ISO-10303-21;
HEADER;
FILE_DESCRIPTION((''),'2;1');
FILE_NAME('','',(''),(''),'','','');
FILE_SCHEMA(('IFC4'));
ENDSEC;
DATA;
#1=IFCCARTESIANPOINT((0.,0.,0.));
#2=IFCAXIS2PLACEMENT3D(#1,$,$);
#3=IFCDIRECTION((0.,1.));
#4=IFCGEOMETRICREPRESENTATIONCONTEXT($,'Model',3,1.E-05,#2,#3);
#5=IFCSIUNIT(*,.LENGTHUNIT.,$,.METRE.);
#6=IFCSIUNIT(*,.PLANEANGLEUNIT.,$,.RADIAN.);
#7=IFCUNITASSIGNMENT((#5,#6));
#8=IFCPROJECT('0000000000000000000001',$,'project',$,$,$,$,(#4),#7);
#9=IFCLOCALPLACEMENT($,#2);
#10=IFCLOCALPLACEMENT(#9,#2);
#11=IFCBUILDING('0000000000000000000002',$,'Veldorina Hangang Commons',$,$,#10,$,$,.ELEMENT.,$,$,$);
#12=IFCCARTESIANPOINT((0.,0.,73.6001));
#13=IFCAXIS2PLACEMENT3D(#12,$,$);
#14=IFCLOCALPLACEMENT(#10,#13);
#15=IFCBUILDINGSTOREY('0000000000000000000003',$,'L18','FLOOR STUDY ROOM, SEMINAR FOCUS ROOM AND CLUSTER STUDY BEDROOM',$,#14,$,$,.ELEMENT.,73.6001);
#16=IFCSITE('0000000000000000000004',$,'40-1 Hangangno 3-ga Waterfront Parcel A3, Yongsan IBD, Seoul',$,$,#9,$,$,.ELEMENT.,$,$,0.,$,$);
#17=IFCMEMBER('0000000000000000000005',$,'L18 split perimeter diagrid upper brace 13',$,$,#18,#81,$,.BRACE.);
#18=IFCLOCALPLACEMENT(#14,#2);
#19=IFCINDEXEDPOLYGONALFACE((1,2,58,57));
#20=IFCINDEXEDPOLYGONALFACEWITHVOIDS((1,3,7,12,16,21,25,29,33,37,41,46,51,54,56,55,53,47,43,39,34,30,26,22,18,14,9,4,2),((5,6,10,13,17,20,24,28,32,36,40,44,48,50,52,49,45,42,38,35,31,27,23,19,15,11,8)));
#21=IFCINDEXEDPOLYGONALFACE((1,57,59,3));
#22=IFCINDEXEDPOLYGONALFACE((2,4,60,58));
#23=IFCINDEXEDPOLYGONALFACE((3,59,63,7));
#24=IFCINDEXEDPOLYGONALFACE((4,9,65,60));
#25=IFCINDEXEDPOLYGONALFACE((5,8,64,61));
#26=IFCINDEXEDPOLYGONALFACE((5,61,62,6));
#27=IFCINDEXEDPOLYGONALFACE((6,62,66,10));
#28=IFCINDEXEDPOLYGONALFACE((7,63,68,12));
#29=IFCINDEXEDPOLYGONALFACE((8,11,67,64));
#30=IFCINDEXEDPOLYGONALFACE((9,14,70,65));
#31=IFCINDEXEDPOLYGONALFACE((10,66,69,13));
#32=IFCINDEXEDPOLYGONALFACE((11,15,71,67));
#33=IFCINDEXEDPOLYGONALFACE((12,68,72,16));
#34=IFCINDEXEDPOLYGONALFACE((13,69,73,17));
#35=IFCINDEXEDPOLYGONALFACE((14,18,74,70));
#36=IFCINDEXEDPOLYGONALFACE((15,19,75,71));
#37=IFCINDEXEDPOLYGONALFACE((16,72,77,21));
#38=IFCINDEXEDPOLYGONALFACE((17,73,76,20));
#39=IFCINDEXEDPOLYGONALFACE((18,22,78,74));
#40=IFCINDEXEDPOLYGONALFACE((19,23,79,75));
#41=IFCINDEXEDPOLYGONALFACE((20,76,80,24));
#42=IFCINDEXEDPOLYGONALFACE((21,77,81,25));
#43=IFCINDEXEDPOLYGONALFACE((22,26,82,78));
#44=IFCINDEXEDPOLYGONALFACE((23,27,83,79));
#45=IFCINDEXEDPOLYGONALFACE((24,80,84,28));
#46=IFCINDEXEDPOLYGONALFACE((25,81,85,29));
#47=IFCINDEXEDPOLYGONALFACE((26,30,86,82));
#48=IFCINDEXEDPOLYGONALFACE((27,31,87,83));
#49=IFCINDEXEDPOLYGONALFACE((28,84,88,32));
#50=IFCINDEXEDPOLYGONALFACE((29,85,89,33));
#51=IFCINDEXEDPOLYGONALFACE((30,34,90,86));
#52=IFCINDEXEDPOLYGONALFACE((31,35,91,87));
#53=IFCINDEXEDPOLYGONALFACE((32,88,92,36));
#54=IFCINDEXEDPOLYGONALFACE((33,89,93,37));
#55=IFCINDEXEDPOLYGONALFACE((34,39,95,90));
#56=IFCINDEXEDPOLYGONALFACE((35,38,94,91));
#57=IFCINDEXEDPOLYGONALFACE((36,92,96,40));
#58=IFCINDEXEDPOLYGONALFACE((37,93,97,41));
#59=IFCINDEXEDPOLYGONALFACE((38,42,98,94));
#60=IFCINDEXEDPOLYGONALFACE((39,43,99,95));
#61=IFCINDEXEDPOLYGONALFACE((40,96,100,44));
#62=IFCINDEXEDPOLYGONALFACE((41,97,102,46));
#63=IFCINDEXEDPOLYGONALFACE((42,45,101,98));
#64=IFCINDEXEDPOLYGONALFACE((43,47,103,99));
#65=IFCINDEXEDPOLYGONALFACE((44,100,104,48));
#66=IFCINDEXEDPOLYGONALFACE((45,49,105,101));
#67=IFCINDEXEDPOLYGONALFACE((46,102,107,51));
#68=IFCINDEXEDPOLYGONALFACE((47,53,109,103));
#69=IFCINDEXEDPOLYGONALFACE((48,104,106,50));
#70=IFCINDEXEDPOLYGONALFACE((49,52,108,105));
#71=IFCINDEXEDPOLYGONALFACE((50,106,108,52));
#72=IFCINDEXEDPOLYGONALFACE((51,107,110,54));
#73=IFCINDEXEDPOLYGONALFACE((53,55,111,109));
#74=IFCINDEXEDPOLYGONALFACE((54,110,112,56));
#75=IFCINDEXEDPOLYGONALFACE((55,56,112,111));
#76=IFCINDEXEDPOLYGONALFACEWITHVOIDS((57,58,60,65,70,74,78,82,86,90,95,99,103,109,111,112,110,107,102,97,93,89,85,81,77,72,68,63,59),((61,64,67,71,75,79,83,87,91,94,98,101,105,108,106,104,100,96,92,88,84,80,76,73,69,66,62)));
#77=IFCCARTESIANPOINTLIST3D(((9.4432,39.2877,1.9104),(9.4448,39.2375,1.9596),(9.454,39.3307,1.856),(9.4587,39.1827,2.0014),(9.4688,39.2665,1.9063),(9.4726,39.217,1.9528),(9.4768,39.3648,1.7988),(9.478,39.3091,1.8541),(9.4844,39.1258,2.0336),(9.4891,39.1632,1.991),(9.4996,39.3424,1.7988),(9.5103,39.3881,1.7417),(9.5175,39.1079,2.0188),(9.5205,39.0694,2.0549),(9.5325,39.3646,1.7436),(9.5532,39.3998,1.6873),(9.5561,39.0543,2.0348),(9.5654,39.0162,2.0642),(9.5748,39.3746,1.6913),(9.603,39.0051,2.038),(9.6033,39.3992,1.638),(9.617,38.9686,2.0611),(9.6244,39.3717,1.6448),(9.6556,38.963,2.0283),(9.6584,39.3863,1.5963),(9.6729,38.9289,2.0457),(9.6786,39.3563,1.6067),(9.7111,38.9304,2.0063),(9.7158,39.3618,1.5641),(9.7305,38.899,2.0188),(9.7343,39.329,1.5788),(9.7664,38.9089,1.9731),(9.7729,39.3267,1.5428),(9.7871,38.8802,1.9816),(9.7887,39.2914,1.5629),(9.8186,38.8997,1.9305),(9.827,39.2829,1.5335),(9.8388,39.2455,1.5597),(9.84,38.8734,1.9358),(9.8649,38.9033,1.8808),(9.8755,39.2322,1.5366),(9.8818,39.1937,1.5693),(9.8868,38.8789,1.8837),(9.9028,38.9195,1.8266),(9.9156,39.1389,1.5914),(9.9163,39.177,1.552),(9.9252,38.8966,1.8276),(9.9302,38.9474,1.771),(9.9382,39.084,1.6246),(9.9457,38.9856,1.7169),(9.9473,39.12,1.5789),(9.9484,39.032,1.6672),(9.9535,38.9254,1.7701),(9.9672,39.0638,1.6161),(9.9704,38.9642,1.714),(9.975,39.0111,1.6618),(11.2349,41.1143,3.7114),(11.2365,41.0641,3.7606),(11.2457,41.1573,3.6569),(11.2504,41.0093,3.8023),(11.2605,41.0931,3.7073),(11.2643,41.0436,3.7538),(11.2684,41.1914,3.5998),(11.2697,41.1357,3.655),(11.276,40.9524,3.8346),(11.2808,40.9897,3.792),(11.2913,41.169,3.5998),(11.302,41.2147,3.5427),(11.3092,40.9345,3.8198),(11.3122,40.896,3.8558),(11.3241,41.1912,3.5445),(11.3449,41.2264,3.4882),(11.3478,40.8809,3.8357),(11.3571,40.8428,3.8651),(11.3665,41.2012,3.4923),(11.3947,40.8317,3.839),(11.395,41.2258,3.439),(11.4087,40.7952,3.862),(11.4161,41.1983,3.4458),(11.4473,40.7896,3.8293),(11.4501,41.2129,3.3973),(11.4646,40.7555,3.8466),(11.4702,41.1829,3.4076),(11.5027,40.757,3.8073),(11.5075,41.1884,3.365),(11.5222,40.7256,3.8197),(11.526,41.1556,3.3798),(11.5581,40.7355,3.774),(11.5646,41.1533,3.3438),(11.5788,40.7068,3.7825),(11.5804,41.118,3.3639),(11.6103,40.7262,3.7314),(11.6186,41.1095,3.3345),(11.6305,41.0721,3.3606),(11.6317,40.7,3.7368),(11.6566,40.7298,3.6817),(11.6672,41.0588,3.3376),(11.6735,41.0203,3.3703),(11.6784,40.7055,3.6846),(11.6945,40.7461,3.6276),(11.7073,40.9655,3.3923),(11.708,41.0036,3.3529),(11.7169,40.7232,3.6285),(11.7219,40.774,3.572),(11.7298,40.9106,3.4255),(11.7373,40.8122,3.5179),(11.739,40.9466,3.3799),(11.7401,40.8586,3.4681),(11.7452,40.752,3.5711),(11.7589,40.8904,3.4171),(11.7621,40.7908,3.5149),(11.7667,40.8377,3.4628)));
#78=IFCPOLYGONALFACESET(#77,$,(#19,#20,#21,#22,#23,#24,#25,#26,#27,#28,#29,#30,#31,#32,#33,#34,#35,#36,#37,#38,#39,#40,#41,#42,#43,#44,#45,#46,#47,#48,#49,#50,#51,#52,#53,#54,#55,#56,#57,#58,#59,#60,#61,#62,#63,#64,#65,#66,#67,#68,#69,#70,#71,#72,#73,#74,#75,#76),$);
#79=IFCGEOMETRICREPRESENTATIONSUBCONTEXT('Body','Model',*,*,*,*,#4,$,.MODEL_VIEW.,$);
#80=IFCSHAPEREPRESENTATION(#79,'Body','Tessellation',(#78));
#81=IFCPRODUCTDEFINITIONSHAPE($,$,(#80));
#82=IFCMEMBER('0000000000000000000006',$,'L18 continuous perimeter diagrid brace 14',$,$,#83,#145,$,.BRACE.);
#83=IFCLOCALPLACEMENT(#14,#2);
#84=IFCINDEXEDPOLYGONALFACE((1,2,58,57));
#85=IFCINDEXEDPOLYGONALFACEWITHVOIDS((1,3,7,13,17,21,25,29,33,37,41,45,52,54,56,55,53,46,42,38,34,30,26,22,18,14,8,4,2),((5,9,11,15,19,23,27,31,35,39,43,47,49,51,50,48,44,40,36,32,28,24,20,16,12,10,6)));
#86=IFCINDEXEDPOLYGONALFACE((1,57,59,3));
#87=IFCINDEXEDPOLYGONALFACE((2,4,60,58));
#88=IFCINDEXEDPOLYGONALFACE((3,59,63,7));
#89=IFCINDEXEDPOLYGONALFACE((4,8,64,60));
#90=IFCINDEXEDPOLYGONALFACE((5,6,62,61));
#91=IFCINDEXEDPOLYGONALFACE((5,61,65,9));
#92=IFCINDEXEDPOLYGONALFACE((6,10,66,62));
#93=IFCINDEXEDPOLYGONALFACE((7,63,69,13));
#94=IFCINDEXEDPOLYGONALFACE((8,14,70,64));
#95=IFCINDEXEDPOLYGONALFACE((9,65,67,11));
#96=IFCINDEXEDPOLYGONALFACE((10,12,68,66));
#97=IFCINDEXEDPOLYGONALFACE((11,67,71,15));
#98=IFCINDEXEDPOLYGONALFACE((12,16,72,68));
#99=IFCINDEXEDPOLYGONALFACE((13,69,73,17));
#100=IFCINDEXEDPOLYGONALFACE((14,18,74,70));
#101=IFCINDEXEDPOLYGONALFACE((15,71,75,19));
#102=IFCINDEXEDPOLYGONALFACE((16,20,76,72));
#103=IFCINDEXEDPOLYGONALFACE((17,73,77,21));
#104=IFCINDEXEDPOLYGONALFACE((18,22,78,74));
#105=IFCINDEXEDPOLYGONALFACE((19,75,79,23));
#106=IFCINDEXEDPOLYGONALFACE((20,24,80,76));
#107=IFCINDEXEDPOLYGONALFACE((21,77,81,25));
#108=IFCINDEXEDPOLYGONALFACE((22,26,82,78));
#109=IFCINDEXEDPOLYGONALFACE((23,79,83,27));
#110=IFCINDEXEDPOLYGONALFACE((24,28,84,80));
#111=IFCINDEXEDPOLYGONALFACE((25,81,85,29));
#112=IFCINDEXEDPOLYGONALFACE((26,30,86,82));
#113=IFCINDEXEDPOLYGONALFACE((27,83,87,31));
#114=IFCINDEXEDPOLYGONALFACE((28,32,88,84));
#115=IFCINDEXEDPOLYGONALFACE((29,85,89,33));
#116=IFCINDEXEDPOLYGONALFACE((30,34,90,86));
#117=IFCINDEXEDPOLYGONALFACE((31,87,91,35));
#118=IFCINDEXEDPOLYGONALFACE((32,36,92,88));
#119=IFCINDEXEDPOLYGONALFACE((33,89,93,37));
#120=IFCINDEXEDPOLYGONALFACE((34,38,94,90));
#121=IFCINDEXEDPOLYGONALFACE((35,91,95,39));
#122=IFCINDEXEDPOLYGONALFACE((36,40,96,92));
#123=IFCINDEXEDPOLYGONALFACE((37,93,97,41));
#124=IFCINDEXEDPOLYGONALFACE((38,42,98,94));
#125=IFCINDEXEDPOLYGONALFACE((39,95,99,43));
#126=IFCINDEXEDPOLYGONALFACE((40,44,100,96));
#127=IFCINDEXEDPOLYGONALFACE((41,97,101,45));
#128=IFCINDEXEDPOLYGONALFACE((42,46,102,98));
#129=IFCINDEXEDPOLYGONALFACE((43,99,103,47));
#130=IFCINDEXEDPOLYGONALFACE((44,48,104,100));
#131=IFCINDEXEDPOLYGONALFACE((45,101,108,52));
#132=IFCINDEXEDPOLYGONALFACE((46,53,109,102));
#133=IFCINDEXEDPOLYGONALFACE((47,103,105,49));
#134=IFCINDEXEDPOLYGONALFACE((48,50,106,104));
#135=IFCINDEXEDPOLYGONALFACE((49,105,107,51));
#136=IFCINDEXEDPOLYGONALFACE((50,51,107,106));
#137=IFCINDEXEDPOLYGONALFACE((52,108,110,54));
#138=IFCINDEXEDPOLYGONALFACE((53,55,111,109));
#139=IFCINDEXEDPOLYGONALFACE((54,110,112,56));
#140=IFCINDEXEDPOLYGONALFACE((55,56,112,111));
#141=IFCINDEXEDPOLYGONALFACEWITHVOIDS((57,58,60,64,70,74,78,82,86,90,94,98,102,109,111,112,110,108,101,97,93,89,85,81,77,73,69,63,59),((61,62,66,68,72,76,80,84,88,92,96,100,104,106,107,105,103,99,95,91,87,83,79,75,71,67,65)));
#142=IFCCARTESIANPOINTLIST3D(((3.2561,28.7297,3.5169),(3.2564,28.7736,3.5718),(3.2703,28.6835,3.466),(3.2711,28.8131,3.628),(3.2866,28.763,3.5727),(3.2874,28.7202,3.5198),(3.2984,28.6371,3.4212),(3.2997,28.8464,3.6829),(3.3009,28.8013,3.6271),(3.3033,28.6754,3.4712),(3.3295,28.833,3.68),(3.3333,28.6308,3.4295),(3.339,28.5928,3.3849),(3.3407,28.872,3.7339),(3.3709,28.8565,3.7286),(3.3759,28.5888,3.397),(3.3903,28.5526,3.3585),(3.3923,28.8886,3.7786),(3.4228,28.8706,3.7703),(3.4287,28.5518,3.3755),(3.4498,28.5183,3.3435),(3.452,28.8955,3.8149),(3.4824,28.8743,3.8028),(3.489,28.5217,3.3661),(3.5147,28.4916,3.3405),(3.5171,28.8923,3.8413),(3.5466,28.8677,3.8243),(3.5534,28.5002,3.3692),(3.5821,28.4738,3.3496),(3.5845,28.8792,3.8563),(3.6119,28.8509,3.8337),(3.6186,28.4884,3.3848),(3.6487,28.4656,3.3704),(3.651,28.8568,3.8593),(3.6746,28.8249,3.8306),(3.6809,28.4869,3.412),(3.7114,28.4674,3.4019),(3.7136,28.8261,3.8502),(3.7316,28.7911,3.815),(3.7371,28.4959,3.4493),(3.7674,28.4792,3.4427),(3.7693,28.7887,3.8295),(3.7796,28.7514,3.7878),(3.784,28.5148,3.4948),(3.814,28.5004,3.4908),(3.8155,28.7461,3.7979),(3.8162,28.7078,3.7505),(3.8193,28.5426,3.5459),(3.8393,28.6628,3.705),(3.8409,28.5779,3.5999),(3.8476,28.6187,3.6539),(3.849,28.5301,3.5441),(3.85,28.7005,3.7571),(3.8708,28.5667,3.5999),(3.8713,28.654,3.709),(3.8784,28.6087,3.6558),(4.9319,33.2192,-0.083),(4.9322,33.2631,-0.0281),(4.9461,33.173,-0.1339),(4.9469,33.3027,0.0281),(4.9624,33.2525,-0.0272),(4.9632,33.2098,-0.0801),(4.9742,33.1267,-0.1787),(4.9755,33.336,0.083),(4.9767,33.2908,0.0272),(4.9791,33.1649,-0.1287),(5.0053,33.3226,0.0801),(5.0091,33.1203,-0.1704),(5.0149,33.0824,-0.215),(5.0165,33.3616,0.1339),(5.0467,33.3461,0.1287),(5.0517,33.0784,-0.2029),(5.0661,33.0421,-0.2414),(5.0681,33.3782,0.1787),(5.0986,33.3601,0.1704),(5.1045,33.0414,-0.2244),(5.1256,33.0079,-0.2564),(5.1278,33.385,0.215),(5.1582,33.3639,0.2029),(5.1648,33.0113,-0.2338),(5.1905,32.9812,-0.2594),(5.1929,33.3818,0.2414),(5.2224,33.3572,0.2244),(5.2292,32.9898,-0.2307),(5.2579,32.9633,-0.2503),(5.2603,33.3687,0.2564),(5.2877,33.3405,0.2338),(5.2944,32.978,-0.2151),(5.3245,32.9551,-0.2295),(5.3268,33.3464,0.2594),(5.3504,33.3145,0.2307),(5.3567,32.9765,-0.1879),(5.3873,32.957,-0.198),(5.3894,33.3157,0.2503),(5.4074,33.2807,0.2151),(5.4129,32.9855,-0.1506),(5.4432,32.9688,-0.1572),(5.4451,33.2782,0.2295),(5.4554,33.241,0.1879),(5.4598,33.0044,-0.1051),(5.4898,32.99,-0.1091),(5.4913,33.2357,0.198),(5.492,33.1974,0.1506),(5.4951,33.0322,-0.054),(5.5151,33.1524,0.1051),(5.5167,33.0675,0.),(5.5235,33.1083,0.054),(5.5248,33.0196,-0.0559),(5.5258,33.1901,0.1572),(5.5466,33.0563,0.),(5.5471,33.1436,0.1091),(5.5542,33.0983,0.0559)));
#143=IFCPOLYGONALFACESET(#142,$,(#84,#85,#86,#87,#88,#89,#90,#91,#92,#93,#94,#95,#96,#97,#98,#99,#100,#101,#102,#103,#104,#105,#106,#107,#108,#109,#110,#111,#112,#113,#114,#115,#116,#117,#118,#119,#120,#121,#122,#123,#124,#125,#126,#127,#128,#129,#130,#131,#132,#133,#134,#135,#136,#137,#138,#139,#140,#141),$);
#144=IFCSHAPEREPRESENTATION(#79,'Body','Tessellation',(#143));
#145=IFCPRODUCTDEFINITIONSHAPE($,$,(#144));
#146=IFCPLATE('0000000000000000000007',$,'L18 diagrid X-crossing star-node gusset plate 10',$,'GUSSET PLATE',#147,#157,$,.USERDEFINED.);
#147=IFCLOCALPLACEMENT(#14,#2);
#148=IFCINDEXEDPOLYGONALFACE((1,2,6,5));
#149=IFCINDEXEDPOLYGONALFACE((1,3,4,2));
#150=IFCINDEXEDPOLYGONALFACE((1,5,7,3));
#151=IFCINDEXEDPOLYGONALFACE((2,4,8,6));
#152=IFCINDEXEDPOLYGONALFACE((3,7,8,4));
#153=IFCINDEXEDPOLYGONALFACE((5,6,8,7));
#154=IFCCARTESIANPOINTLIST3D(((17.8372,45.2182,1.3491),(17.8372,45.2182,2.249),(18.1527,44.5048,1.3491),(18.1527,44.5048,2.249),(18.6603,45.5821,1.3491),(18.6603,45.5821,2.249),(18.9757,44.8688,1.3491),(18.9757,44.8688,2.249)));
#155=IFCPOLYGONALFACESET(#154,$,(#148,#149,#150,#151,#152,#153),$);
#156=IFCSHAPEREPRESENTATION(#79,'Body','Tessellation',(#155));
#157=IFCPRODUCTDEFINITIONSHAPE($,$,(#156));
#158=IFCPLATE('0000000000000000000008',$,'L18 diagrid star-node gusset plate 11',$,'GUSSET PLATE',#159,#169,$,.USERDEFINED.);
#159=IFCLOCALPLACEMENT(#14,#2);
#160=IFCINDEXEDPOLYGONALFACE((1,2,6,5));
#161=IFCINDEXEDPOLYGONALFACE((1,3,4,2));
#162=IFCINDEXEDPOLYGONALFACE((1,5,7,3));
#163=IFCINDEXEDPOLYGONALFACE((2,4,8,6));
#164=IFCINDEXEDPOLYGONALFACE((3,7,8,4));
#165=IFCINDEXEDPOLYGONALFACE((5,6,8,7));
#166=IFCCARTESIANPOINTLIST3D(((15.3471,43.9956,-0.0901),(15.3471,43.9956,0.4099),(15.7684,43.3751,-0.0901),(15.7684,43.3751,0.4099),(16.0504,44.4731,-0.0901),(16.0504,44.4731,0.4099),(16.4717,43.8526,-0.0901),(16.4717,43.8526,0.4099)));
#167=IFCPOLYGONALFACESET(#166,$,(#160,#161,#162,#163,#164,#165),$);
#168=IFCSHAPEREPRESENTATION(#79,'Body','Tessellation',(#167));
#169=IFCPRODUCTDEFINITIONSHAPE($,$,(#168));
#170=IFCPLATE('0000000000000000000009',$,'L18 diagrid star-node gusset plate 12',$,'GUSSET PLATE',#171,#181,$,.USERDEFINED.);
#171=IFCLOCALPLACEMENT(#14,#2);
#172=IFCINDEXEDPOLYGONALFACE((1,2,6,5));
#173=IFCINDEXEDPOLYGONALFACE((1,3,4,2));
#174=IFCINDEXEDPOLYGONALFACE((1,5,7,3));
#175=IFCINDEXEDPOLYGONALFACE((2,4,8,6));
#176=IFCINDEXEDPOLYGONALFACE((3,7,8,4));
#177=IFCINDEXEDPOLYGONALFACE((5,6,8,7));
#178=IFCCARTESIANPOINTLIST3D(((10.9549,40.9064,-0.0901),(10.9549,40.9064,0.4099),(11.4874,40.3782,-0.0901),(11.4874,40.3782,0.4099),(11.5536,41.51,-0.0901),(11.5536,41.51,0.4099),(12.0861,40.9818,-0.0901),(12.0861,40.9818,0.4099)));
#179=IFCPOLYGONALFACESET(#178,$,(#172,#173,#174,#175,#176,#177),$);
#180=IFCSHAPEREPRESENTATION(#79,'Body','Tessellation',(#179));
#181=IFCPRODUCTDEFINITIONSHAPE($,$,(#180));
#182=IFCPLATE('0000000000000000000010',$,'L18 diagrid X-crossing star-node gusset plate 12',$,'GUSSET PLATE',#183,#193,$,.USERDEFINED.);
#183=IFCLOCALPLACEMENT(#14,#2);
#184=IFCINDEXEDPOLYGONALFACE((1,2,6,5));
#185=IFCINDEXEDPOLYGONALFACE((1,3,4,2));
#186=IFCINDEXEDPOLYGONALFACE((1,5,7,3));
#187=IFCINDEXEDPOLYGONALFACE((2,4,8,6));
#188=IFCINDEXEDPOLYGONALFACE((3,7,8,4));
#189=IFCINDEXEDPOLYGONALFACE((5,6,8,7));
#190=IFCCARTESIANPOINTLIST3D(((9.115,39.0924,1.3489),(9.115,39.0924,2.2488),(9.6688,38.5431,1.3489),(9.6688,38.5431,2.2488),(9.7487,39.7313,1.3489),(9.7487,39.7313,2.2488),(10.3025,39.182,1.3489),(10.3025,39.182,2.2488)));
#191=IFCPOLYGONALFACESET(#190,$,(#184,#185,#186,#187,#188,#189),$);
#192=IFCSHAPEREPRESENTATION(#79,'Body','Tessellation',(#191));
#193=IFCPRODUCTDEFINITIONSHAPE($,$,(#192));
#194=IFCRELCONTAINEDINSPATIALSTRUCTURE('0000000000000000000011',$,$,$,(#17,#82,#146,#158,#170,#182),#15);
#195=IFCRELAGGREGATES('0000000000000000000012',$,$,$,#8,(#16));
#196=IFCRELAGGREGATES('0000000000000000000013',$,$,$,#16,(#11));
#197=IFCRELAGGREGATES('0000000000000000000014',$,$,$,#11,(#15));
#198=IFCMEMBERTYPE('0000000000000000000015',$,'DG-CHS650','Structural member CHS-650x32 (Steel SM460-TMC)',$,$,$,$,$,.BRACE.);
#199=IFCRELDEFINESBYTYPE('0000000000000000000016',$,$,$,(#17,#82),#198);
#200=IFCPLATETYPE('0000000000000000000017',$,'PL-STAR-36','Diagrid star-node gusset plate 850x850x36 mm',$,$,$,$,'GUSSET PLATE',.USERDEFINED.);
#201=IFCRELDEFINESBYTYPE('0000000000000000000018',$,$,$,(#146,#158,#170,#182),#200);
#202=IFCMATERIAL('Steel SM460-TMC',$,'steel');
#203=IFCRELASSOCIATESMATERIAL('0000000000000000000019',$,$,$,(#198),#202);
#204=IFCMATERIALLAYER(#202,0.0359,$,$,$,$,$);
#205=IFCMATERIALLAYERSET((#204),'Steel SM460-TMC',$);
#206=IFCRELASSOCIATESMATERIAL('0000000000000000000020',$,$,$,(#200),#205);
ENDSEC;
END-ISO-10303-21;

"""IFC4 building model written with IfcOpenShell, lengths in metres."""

from ifc_helpers import new_model, si_unit, direction, frame, origin, origin_2d, place, context, subcontext, project, spatial, rectangle, hollow_circle, extrude, material, layer, layer_set, material_profile, profile_set, type_object, element, save


model = new_model("IFC4")

# Units and contexts
model_context = context("Model", 3, precision=1e-05, world=origin(), true_north=direction((0.0, 1.0)))
body_context = subcontext(model_context, "Body", "Model", "MODEL_VIEW")
ifc_project = project(units=[si_unit("LENGTHUNIT", "METRE"), si_unit("PLANEANGLEUNIT", "RADIAN")], contexts=[model_context])

# Site, building, storey
site_placement = place(None, origin())
site = spatial("IfcSite", under=ifc_project, at=site_placement, Name="40-1 Hangangno 3-ga Waterfront Parcel A3, Yongsan IBD, Seoul", CompositionType="ELEMENT", RefElevation=0.0)
building_placement = place(site_placement, origin())
building = spatial("IfcBuilding", under=site, at=building_placement, Name="Veldorina Hangang Commons", CompositionType="ELEMENT")
storey_placement = place(building_placement, frame((0.0, 0.0, 73.6001)))
storey = spatial("IfcBuildingStorey", under=building, at=storey_placement, Name="L18", Description="FLOOR STUDY ROOM, SEMINAR FOCUS ROOM AND CLUSTER STUDY BEDROOM", CompositionType="ELEMENT", Elevation=73.6001)

# Members
ifc_material_1 = material(Name="Steel SM460-TMC", Category="steel")
ifc_material_profile_1 = material_profile(ifc_material_1, hollow_circle(Radius=0.325, WallThickness=0.032, at=origin_2d()), Name="CHS-650x32")
ifc_profile_set_1 = profile_set([ifc_material_profile_1], Name="Steel SM460-TMC")
member_type = type_object("IfcMemberType", Name="DG-CHS650", Description="Structural member CHS-650x32 (Steel SM460-TMC)", PredefinedType="BRACE", material=ifc_profile_set_1)
member_1_placement = place(storey_placement, frame((9.7087, 39.1372, 1.7988), z_axis=(0.572623, 0.583781, 0.575588), x_axis=(-0.713896, 0.700252, 0.0)))
element("IfcMember", 1, at=member_1_placement, inside=storey, type_object=member_type, Name="L18 split perimeter diagrid upper brace 13", PredefinedType="BRACE", context=body_context, shape_type="SweptSolid", body=[
    extrude(hollow_circle(Radius=0.325, WallThickness=0.032, at=origin_2d()), origin(), (0.0, 0.0, 1.0), 3.1289),
])
member_2_placement = place(storey_placement, frame((5.2422, 33.1699, 0.0), z_axis=(-0.279597, -0.749054, 0.60062), x_axis=(0.936862, -0.349699, 0.0)))
element("IfcMember", 2, at=member_2_placement, inside=storey, type_object=member_type, Name="L18 continuous perimeter diagrid brace 14", PredefinedType="BRACE", context=body_context, shape_type="SweptSolid", body=[
    extrude(hollow_circle(Radius=0.325, WallThickness=0.032, at=origin_2d()), origin(), (0.0, 0.0, 1.0), 5.9937),
])

# Plates
ifc_layer_1 = layer(ifc_material_1, 0.0359)
ifc_layer_set_1 = layer_set([ifc_layer_1], Name="Steel SM460-TMC")
plate_type = type_object("IfcPlateType", Name="PL-STAR-36", Description="Diagrid star-node gusset plate 850x850x36 mm", ElementType="GUSSET PLATE", PredefinedType="USERDEFINED", material=ifc_layer_set_1)
plate_1_placement = place(storey_placement, frame((18.4065, 45.0435, 1.3491), z_axis=(0.0, 0.0, 1.0), x_axis=(-0.914558, -0.404455, 0.0)))
element("IfcPlate", 3, at=plate_1_placement, inside=storey, type_object=plate_type, Name="L18 diagrid X-crossing star-node gusset plate 10", ObjectType="GUSSET PLATE", PredefinedType="USERDEFINED", context=body_context, shape_type="SweptSolid", body=[
    extrude(rectangle(XDim=0.8999, YDim=0.78, at=origin_2d()), origin(), (0.0, 0.0, 1.0), 0.8999),
])
for number, where, z_axis, x_axis, name in (
    (4, (15.9094, 43.9241, -0.0901), (0.0, 0.0, 1.0), (-0.827316, -0.561737, 0.0), "L18 diagrid star-node gusset plate 11"),
    (5, (11.5205, 40.9441, -0.0901), (0.0, 0.0, 1.0), (-0.704238, -0.709964, 0.0), "L18 diagrid star-node gusset plate 12"),
):
    element("IfcPlate", number, at=place(storey_placement, frame(where, z_axis=z_axis, x_axis=x_axis)), inside=storey, type_object=plate_type, Name=name, ObjectType="GUSSET PLATE", PredefinedType="USERDEFINED", context=body_context, shape_type="SweptSolid", body=[
        extrude(rectangle(XDim=0.8501, YDim=0.75, at=origin_2d()), origin(), (0.0, 0.0, 1.0), 0.5),
    ])
plate_2_placement = place(storey_placement, frame((9.7087, 39.1372, 1.3489), z_axis=(0.0, 0.0, 1.0), x_axis=(-0.704238, -0.709964, 0.0)))
element("IfcPlate", 6, at=plate_2_placement, inside=storey, type_object=plate_type, Name="L18 diagrid X-crossing star-node gusset plate 12", ObjectType="GUSSET PLATE", PredefinedType="USERDEFINED", context=body_context, shape_type="SweptSolid", body=[
    extrude(rectangle(XDim=0.8999, YDim=0.78, at=origin_2d()), origin(), (0.0, 0.0, 1.0), 0.8999),
])

save(model, "model.ifc")
